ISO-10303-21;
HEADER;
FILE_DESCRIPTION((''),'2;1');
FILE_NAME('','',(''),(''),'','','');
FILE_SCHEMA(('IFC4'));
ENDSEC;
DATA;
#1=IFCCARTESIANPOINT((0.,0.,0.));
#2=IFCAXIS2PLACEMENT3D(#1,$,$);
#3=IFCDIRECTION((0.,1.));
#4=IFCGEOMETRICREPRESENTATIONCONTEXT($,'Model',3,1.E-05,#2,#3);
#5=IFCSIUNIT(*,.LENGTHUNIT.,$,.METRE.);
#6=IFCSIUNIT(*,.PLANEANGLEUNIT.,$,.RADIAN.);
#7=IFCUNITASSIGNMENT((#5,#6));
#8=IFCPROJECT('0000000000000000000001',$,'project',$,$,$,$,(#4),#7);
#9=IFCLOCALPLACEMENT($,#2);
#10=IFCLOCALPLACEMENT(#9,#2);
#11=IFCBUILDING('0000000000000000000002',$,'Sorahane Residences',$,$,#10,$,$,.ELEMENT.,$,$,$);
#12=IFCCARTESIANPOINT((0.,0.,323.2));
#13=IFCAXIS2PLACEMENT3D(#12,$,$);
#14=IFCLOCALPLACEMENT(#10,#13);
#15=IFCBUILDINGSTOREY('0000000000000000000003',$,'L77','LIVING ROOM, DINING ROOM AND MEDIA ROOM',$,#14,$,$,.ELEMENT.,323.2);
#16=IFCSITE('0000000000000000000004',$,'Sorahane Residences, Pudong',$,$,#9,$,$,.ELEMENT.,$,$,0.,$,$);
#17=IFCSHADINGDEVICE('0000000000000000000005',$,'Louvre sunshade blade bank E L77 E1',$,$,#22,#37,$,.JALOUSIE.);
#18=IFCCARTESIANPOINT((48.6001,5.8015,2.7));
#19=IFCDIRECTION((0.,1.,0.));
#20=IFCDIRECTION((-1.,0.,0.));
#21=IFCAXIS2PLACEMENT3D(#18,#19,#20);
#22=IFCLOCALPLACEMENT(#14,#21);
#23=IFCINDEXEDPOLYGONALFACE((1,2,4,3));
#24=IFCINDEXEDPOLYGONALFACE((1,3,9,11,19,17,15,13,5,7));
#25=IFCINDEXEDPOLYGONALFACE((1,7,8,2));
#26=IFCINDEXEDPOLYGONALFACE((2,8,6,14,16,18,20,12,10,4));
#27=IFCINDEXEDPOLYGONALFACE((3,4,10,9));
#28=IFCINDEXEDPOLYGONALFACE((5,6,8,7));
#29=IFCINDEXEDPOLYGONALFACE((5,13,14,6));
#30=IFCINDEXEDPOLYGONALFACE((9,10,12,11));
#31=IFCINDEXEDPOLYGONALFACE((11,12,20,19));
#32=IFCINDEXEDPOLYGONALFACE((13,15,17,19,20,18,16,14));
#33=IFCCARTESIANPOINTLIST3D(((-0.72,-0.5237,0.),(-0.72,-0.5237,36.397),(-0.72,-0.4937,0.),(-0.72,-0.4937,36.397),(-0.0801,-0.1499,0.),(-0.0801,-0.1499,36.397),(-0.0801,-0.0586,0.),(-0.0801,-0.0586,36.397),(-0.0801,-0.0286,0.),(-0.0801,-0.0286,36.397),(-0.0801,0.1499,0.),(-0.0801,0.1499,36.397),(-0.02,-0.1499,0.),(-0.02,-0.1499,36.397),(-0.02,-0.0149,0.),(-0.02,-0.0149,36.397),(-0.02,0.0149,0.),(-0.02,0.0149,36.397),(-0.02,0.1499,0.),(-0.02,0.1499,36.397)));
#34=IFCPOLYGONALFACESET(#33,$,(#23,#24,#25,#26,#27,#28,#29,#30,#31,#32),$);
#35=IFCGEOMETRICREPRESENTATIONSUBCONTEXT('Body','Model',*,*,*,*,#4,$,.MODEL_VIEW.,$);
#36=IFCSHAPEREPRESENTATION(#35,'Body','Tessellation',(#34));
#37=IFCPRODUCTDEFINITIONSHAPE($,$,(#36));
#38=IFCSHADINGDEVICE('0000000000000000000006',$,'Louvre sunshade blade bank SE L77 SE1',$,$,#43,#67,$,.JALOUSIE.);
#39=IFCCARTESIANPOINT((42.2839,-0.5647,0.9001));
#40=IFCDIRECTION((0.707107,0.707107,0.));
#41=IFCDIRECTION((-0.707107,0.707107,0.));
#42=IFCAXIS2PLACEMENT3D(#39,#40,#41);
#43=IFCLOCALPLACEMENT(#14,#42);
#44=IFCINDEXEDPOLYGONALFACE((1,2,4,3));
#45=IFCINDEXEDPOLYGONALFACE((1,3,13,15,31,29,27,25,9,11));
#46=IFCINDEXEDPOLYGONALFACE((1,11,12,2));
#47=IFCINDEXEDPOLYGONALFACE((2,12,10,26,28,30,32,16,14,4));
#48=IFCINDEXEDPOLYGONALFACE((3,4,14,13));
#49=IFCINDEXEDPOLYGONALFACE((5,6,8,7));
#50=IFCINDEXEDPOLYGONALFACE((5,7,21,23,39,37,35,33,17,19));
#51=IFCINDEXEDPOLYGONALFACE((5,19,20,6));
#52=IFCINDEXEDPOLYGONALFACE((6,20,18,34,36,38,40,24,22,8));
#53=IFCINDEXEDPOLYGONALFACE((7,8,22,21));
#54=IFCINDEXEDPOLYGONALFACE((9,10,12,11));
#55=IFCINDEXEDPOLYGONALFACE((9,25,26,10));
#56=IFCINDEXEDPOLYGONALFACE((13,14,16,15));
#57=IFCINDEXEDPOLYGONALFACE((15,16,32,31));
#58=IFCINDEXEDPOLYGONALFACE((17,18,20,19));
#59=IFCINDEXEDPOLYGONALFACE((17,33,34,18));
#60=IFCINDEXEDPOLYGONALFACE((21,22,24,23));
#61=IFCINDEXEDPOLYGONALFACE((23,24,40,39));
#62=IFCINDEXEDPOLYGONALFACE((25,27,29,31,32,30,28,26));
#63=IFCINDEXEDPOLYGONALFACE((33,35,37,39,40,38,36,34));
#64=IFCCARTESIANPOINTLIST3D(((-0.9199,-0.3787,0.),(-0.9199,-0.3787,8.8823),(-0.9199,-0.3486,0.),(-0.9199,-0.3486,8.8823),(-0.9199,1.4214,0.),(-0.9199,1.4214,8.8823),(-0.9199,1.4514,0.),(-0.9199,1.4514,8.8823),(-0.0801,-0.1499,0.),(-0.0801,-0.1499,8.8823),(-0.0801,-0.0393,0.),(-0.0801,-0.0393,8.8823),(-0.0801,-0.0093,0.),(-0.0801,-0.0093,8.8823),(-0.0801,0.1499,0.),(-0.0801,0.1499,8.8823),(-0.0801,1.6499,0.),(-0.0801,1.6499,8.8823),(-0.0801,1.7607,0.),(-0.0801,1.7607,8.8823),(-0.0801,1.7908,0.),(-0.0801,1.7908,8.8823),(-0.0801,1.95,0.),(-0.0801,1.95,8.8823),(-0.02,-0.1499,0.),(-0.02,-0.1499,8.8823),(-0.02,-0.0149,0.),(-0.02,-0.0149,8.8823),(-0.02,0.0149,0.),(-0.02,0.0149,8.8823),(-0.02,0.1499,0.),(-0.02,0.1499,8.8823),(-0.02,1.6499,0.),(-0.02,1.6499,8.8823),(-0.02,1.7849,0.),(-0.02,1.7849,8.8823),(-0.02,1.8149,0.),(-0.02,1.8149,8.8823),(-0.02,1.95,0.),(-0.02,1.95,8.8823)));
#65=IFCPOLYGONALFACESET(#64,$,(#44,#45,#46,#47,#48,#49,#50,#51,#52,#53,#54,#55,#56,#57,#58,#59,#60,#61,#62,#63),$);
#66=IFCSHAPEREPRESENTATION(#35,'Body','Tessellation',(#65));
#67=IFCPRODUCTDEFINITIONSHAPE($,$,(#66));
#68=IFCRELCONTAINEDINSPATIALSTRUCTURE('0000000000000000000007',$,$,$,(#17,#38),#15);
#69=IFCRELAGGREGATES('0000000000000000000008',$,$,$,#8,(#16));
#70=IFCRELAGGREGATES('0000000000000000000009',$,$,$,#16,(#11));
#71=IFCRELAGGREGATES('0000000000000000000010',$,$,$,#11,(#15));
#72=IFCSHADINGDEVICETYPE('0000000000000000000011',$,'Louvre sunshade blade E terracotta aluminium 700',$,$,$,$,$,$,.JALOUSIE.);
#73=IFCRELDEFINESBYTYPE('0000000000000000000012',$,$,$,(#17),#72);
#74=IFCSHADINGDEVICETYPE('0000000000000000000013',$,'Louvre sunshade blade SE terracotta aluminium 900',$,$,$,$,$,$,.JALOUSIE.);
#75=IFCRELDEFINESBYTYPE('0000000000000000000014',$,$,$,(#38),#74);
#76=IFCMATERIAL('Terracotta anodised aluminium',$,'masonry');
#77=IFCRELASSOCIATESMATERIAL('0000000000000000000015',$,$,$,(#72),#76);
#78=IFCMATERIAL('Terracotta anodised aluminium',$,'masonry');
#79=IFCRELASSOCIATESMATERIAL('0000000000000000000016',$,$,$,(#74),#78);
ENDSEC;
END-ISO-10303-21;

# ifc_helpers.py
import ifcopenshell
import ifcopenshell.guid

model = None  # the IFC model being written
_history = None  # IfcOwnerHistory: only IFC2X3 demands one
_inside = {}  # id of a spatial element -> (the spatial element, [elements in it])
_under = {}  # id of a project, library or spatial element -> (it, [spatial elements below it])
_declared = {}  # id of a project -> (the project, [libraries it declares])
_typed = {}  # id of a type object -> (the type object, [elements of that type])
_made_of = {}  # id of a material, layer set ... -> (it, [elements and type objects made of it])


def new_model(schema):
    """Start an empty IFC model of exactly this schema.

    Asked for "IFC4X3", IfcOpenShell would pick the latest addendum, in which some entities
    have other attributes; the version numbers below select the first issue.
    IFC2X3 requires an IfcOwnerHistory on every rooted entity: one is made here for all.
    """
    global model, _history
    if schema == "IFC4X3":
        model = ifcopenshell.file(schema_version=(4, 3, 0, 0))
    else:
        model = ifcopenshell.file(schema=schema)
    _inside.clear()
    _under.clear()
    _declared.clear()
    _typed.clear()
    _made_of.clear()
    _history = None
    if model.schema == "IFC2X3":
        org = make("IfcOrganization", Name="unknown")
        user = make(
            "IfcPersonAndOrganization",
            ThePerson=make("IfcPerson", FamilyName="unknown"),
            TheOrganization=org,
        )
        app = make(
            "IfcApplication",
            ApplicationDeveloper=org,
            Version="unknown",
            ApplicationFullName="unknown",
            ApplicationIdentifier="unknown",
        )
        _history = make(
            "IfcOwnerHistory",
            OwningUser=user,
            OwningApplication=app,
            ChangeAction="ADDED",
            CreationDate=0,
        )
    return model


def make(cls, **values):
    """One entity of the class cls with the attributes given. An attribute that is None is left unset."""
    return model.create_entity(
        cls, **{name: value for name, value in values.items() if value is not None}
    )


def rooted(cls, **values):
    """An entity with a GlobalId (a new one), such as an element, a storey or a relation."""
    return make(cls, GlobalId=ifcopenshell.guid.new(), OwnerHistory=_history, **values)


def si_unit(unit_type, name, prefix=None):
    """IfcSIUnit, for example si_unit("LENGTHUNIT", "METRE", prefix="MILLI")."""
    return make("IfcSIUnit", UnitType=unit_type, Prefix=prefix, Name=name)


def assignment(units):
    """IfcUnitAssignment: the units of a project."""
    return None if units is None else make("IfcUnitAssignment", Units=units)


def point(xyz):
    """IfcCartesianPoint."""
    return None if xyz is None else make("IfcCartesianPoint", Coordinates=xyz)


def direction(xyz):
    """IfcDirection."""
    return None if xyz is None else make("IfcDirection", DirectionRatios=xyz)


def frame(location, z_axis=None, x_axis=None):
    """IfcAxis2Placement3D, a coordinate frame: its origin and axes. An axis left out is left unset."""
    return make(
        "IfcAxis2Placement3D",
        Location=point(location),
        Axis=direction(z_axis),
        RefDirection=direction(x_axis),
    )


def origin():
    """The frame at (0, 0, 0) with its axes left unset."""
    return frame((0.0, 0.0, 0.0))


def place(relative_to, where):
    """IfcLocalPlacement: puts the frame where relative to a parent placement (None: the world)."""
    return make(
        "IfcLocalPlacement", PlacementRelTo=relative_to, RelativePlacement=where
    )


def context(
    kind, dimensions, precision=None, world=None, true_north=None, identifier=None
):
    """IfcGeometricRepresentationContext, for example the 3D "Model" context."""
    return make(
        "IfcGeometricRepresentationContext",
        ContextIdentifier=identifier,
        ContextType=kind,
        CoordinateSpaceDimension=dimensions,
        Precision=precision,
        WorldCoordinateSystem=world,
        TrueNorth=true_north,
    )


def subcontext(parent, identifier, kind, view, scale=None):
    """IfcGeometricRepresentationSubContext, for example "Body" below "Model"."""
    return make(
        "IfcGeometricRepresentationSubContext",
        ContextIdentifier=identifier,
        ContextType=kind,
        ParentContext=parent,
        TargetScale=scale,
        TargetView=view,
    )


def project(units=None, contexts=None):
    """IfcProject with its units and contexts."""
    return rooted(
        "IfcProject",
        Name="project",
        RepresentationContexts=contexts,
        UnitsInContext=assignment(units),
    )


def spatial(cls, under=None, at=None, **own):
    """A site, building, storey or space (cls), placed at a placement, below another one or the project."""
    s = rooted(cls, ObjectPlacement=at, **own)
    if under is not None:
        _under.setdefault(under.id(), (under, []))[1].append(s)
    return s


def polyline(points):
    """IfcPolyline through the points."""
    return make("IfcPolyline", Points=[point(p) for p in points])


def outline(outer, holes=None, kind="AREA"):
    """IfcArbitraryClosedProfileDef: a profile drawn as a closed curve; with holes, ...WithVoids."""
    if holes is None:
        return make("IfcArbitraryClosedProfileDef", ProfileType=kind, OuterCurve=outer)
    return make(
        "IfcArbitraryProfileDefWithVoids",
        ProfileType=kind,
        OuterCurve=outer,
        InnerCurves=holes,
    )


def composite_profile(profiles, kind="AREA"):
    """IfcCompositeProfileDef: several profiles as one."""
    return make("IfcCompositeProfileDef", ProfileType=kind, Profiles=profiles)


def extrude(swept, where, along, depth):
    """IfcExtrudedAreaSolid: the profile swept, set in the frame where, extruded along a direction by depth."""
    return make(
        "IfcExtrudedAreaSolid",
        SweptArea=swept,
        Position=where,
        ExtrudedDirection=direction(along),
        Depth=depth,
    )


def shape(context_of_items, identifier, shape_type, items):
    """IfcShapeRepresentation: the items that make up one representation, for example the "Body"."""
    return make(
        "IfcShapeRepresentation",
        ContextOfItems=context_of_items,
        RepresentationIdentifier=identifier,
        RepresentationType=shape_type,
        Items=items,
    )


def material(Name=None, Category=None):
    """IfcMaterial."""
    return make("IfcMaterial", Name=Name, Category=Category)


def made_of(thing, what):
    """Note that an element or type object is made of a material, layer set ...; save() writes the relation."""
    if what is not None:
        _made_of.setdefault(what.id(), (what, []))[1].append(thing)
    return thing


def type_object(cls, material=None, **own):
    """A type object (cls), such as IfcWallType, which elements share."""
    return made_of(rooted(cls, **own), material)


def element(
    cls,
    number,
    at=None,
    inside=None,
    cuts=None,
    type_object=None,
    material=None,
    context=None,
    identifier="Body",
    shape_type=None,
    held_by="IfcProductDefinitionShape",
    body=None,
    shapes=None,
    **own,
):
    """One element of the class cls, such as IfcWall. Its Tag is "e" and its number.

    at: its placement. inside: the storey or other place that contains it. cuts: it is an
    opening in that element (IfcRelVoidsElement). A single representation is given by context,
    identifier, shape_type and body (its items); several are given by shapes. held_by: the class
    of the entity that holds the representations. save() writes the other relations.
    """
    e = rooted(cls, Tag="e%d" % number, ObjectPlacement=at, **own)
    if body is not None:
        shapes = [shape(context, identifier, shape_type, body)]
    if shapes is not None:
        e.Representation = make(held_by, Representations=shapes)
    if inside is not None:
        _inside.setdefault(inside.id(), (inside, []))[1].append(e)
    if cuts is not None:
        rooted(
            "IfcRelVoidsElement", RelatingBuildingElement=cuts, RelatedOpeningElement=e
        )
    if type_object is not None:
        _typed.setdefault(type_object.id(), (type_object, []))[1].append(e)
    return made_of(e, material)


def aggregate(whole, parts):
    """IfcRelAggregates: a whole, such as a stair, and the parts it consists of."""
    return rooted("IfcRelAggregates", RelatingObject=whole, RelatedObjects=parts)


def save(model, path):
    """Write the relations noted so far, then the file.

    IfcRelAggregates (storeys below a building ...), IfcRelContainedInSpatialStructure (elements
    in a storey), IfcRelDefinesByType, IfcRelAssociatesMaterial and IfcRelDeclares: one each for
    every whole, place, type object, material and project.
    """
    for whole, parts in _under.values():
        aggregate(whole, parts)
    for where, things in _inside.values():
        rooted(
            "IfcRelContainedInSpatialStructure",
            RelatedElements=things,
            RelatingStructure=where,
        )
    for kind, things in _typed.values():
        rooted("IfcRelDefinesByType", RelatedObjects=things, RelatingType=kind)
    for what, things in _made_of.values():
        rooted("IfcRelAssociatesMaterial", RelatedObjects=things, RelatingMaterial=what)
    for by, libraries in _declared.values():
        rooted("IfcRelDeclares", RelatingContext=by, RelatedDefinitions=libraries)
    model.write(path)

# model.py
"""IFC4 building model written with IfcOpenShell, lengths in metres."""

from ifc_helpers import new_model, si_unit, direction, frame, origin, place, context, subcontext, project, spatial, polyline, outline, composite_profile, extrude, material, type_object, element, save


model = new_model("IFC4")

# Units and contexts
model_context = context("Model", 3, precision=1e-05, world=origin(), true_north=direction((0.0, 1.0)))
body_context = subcontext(model_context, "Body", "Model", "MODEL_VIEW")
ifc_project = project(units=[si_unit("LENGTHUNIT", "METRE"), si_unit("PLANEANGLEUNIT", "RADIAN")], contexts=[model_context])

# Site, building, storey
site_placement = place(None, origin())
site = spatial("IfcSite", under=ifc_project, at=site_placement, Name="Sorahane Residences, Pudong", CompositionType="ELEMENT", RefElevation=0.0)
building_placement = place(site_placement, origin())
building = spatial("IfcBuilding", under=site, at=building_placement, Name="Sorahane Residences", CompositionType="ELEMENT")
storey_placement = place(building_placement, frame((0.0, 0.0, 323.2)))
storey = spatial("IfcBuildingStorey", under=building, at=storey_placement, Name="L77", Description="LIVING ROOM, DINING ROOM AND MEDIA ROOM", CompositionType="ELEMENT", Elevation=323.2)

# Shading devices
ifc_material_1 = material(Name="Terracotta anodised aluminium", Category="masonry")
shading_device_type_1 = type_object("IfcShadingDeviceType", Name="Louvre sunshade blade E terracotta aluminium 700", PredefinedType="JALOUSIE", material=ifc_material_1)
shading_device_1_placement = place(storey_placement, frame((48.6001, 5.8015, 2.7), z_axis=(0.0, 1.0, 0.0), x_axis=(-1.0, 0.0, 0.0)))
element("IfcShadingDevice", 1, at=shading_device_1_placement, inside=storey, type_object=shading_device_type_1, Name="Louvre sunshade blade bank E L77 E1", PredefinedType="JALOUSIE", context=body_context, shape_type="SweptSolid", body=[
    extrude(outline(polyline([(-0.72, -0.4937), (-0.72, -0.5237), (-0.0801, -0.0586), (-0.0801, -0.1499), (-0.02, -0.1499), (-0.02, -0.0149), (-0.02, 0.0149), (-0.02, 0.1499), (-0.0801, 0.1499), (-0.0801, -0.0286), (-0.72, -0.4937)])), origin(), (0.0, 0.0, 1.0), 36.397),
])
ifc_material_2 = material(Name="Terracotta anodised aluminium", Category="masonry")
shading_device_type_2 = type_object("IfcShadingDeviceType", Name="Louvre sunshade blade SE terracotta aluminium 900", PredefinedType="JALOUSIE", material=ifc_material_2)
shading_device_2_placement = place(storey_placement, frame((42.2839, -0.5647, 0.9001), z_axis=(0.707107, 0.707107, 0.0), x_axis=(-0.707107, 0.707107, 0.0)))
element("IfcShadingDevice", 2, at=shading_device_2_placement, inside=storey, type_object=shading_device_type_2, Name="Louvre sunshade blade bank SE L77 SE1", PredefinedType="JALOUSIE", context=body_context, shape_type="SweptSolid", body=[
    extrude(composite_profile([outline(polyline([(-0.9199, -0.3486), (-0.9199, -0.3787), (-0.0801, -0.0393), (-0.0801, -0.1499), (-0.02, -0.1499), (-0.02, -0.0149), (-0.02, 0.0149), (-0.02, 0.1499), (-0.0801, 0.1499), (-0.0801, -0.0093), (-0.9199, -0.3486)])), outline(polyline([(-0.9199, 1.4514), (-0.9199, 1.4214), (-0.0801, 1.7607), (-0.0801, 1.6499), (-0.02, 1.6499), (-0.02, 1.7849), (-0.02, 1.8149), (-0.02, 1.95), (-0.0801, 1.95), (-0.0801, 1.7908), (-0.9199, 1.4514)]))]), origin(), (0.0, 0.0, 1.0), 8.8823),
])

save(model, "model.ifc")
